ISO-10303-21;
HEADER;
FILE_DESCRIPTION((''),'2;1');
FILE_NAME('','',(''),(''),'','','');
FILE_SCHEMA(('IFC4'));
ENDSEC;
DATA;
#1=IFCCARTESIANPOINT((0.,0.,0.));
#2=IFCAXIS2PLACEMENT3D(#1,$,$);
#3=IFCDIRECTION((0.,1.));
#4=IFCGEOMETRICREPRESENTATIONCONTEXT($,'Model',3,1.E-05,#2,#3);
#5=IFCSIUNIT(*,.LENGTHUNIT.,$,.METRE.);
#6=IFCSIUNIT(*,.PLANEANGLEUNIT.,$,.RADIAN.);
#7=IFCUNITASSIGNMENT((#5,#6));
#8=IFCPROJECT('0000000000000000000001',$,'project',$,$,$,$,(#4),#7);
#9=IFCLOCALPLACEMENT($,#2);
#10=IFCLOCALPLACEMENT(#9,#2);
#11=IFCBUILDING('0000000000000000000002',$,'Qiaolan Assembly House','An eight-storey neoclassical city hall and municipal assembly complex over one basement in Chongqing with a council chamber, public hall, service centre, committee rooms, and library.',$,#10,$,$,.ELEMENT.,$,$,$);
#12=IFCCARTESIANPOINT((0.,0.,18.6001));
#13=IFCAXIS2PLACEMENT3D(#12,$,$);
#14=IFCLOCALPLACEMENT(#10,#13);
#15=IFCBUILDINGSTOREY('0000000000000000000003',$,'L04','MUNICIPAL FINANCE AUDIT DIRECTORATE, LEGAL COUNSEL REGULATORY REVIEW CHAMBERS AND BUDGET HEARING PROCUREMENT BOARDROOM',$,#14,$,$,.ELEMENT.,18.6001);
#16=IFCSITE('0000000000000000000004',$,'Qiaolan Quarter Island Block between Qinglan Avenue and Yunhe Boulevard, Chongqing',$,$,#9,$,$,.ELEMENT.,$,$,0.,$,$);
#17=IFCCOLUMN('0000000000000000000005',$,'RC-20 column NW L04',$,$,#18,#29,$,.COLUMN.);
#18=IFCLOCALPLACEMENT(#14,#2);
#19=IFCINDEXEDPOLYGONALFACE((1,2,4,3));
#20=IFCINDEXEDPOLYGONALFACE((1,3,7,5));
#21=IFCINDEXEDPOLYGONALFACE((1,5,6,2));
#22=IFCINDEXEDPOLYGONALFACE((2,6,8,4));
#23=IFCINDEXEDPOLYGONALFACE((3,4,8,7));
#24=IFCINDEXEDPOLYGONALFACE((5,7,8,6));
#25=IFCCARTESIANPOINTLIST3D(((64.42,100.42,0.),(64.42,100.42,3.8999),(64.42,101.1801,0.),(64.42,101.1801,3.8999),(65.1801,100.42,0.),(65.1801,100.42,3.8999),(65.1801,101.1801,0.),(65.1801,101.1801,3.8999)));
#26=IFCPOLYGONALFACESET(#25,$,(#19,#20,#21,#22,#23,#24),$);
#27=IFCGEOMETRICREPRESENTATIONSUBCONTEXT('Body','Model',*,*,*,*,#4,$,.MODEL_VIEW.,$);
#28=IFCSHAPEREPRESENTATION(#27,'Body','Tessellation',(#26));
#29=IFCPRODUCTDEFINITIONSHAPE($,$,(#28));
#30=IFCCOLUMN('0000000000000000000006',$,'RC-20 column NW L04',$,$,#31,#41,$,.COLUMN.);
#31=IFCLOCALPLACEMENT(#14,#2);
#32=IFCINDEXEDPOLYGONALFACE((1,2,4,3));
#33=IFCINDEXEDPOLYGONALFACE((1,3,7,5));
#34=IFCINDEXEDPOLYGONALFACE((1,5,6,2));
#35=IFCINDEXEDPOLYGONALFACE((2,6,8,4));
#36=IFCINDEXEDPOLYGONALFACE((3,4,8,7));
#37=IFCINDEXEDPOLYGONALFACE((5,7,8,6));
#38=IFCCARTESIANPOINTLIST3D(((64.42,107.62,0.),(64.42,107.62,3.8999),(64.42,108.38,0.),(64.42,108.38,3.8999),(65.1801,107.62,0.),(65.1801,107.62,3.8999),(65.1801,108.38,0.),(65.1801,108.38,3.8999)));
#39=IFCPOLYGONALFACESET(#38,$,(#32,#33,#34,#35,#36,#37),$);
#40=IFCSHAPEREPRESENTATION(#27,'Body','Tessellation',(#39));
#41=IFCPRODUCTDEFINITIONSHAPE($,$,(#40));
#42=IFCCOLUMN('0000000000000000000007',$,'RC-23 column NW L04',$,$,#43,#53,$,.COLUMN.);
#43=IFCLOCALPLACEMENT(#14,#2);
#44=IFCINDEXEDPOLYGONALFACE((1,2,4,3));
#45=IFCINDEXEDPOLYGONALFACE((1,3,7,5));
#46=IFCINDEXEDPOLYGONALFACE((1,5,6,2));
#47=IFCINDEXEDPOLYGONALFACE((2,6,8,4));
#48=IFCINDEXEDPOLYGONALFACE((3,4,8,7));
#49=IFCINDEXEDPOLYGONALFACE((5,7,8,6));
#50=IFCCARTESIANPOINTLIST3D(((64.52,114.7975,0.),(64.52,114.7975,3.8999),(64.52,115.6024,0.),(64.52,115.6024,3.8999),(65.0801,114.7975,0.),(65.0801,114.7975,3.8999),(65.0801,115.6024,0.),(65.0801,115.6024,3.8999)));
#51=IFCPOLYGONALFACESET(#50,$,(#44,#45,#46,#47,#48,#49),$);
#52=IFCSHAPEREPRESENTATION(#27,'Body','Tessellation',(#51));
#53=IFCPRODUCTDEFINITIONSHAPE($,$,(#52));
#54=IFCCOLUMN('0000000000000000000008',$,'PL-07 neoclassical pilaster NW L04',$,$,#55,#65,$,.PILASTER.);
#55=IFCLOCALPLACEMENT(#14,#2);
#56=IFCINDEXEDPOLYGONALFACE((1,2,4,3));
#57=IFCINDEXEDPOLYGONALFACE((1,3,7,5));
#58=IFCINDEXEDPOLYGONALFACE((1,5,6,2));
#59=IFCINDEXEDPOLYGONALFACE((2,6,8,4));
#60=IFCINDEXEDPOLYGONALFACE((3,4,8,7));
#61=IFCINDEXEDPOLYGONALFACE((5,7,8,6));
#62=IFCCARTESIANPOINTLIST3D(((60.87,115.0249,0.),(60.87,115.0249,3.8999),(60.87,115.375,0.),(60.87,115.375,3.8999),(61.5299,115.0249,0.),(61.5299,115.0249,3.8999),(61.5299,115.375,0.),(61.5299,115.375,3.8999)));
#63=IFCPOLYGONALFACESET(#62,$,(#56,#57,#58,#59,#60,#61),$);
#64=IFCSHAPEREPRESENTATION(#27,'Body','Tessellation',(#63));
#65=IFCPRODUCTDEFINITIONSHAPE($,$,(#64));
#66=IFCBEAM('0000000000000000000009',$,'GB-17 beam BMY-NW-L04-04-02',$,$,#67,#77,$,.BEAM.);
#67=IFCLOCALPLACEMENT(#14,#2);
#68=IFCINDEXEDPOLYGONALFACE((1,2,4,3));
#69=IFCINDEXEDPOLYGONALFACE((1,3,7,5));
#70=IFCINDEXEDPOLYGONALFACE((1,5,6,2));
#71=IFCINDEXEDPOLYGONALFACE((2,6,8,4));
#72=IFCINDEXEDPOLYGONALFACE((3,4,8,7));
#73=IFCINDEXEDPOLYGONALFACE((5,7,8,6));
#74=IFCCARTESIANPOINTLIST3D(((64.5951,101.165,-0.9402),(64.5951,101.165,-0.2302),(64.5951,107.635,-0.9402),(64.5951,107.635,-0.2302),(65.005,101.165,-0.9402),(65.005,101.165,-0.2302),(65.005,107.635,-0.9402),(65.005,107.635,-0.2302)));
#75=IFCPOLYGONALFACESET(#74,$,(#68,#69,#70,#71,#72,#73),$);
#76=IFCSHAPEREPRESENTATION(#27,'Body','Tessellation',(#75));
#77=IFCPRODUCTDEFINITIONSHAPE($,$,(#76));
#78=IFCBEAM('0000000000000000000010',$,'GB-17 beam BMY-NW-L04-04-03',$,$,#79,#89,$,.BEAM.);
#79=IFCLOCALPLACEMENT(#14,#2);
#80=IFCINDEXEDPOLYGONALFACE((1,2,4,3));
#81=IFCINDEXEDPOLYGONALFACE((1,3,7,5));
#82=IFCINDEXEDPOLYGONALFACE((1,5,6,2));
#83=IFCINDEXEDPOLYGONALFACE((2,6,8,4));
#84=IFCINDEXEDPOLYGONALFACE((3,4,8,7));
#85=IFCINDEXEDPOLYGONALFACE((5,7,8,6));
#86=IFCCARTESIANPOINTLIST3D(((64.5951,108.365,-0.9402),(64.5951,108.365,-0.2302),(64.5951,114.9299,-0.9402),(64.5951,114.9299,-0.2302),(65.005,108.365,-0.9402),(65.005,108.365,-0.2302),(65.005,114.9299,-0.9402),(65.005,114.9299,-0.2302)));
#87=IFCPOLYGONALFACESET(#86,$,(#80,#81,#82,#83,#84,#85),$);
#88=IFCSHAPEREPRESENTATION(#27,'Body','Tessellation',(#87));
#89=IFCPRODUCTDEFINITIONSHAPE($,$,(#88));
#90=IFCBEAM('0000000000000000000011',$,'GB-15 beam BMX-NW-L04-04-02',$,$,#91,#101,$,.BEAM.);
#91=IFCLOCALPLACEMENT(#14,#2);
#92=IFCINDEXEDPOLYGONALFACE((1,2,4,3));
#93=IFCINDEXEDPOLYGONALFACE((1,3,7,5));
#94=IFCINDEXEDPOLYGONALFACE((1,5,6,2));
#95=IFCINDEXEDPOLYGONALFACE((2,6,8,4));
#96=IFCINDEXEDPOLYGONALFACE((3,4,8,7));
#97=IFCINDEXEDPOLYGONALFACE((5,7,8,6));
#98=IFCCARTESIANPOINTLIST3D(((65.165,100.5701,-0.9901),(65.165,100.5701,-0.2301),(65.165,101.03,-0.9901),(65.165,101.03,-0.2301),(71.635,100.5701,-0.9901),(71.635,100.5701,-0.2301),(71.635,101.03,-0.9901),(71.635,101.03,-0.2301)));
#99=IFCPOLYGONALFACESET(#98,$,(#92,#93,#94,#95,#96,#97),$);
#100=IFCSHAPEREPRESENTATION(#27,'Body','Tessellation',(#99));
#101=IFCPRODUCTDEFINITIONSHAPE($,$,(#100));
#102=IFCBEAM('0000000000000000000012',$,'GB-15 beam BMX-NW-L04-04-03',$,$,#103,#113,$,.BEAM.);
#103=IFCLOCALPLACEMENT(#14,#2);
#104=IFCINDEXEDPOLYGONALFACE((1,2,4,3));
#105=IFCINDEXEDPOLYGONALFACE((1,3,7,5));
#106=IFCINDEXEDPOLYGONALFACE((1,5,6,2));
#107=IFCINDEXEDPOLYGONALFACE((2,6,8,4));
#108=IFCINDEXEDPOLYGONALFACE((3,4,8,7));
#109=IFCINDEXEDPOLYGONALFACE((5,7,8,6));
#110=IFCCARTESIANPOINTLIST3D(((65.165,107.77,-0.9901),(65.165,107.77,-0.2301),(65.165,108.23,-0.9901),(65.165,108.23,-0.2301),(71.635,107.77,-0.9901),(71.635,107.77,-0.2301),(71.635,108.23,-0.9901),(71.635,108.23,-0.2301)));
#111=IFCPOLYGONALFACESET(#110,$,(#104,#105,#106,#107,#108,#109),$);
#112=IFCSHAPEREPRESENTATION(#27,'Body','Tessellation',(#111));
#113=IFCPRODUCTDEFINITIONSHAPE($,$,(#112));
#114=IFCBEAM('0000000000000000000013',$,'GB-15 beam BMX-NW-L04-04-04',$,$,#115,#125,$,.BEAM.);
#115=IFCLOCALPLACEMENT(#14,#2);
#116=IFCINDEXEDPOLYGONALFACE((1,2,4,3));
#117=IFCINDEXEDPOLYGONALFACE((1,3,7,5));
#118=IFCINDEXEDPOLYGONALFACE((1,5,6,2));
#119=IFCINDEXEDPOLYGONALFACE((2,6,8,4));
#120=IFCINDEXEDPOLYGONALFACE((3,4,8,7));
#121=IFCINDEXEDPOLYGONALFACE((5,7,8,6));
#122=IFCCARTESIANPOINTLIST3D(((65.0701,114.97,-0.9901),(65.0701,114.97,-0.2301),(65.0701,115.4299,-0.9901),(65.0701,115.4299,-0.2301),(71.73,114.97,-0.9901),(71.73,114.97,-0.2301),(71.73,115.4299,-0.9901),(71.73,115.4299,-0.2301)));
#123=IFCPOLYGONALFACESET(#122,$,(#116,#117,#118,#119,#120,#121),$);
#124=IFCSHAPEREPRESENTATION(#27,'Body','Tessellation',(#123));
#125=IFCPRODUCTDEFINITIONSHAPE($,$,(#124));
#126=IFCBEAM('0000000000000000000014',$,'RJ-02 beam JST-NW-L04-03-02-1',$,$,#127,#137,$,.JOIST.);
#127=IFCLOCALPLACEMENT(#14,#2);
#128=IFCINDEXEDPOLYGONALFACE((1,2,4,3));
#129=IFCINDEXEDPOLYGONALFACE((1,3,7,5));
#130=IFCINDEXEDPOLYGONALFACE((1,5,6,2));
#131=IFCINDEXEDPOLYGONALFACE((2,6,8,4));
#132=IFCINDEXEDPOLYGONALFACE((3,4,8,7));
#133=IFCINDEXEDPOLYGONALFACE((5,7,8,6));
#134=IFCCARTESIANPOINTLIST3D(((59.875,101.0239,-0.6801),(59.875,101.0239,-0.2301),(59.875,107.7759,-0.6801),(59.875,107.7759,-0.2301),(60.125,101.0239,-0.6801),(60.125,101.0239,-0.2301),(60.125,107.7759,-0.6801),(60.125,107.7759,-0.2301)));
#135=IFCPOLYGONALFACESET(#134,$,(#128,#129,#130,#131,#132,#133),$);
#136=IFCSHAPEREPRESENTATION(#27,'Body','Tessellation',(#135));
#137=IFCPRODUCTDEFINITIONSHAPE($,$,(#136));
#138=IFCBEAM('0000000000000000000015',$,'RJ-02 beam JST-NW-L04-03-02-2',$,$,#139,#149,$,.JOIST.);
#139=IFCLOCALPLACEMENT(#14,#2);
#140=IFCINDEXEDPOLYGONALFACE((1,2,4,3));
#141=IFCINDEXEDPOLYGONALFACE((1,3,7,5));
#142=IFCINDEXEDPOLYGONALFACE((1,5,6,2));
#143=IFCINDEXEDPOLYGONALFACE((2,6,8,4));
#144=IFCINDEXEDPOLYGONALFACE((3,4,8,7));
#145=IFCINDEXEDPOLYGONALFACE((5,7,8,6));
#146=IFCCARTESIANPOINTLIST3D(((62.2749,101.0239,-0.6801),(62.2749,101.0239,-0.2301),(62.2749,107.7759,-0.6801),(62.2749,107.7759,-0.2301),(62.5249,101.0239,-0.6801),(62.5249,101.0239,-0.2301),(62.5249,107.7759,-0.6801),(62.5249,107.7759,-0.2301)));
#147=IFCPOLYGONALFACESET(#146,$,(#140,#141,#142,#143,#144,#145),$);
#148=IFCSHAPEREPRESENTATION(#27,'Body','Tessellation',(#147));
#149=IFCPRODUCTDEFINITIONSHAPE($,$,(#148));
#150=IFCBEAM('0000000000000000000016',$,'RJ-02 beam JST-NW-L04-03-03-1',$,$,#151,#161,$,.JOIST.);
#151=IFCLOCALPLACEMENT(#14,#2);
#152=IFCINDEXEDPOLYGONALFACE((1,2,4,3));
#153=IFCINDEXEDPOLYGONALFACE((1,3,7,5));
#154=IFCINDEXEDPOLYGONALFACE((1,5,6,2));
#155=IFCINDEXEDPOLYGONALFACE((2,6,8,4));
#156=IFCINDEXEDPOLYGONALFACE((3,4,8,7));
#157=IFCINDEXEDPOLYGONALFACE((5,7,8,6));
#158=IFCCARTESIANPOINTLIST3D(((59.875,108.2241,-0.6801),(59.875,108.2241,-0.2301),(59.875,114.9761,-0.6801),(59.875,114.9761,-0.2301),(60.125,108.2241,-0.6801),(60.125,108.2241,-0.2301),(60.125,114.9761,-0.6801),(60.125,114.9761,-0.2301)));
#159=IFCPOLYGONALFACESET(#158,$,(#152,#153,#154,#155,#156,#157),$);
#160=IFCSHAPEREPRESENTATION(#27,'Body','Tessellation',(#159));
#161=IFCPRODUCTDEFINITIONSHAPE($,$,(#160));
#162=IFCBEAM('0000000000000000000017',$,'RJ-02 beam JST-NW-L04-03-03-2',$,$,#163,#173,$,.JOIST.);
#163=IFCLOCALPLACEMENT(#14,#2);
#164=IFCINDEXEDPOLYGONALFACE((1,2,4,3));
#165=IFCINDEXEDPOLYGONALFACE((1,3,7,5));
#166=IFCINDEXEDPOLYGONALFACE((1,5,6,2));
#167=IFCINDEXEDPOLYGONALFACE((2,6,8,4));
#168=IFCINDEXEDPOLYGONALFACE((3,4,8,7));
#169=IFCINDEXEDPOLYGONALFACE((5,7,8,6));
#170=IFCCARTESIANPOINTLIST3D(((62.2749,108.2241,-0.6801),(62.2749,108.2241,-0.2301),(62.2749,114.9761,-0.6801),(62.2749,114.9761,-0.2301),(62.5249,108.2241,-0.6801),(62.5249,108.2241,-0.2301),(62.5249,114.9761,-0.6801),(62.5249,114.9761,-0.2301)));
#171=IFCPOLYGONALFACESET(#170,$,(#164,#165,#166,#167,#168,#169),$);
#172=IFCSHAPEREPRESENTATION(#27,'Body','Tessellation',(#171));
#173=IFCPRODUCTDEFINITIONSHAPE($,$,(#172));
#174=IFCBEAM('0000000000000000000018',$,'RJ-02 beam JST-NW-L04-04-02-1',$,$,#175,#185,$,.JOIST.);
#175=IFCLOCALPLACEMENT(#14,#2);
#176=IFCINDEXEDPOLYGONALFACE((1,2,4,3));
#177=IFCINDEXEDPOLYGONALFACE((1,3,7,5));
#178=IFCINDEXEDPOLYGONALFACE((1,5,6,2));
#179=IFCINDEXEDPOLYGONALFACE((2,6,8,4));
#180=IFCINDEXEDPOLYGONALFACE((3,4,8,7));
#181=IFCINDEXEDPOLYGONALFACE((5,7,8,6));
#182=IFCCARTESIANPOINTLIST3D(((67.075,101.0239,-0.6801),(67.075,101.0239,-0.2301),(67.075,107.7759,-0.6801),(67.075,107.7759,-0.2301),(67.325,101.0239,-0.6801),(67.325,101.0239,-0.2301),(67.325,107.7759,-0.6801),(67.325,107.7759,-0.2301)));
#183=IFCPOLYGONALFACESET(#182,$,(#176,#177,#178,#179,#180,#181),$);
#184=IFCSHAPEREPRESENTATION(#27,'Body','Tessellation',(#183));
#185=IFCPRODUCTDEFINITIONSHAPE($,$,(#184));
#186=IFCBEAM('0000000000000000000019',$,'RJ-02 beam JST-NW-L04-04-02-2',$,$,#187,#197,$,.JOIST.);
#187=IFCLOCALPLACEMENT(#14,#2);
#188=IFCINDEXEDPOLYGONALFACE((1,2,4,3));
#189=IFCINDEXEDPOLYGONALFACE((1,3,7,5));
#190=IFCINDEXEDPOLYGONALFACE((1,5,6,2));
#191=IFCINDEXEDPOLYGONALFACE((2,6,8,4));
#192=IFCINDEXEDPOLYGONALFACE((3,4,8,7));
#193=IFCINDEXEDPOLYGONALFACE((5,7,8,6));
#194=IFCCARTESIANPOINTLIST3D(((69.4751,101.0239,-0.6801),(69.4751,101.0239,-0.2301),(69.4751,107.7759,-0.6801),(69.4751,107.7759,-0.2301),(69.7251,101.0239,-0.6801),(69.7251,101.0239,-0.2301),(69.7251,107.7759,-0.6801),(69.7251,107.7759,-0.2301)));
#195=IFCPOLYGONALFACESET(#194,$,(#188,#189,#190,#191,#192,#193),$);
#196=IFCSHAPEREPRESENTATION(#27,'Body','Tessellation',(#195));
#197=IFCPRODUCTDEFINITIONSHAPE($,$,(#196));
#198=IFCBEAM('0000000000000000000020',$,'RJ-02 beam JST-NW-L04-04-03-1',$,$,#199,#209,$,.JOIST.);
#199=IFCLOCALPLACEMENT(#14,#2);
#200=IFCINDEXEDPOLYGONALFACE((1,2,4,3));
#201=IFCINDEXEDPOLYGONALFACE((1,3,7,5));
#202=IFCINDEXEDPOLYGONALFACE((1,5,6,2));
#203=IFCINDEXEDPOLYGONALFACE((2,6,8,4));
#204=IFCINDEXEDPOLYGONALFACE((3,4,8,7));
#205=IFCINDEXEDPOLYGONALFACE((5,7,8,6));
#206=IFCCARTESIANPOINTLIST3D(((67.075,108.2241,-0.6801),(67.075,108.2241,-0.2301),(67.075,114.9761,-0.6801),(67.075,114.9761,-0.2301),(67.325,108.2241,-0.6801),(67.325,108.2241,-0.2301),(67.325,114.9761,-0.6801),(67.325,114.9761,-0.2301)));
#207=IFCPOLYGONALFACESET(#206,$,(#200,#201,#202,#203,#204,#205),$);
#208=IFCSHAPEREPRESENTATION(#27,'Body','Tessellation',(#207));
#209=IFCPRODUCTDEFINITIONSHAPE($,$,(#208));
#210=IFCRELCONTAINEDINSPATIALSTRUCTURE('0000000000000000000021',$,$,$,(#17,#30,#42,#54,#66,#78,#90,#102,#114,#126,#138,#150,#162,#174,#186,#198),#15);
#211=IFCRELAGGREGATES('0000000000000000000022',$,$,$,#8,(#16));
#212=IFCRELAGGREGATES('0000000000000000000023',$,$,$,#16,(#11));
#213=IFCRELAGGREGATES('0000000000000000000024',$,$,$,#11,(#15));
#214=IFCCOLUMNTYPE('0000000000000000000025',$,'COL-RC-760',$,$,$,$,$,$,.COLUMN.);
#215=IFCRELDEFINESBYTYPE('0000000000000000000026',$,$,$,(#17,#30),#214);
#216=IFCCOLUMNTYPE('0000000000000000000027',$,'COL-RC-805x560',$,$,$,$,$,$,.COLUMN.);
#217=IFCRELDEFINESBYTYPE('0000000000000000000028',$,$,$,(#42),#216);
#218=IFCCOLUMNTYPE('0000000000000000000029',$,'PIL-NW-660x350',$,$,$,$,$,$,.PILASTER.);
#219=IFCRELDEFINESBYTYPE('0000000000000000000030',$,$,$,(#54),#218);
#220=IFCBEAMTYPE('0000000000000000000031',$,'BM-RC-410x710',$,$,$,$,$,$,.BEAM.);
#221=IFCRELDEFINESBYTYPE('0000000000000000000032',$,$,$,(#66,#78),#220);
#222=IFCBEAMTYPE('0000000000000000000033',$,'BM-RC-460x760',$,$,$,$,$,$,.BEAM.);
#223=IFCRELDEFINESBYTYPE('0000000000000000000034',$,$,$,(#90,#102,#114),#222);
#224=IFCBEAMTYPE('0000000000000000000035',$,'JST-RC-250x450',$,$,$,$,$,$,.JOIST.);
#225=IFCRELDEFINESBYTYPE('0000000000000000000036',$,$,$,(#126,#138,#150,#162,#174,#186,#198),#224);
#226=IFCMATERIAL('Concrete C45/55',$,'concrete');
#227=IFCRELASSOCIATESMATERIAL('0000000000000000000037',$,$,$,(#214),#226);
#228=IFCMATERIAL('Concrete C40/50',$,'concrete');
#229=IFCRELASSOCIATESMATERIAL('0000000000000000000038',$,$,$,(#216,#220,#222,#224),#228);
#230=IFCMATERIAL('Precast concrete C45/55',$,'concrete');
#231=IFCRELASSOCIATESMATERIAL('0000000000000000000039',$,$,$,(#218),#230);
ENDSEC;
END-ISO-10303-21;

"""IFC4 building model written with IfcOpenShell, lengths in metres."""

from ifc_helpers import new_model, si_unit, direction, frame, origin, origin_2d, place, context, subcontext, project, spatial, rectangle, extrude, material, material_profile, profile_set, type_object, element, save


model = new_model("IFC4")

# Units and contexts
model_context = context("Model", 3, precision=1e-05, world=origin(), true_north=direction((0.0, 1.0)))
body_context = subcontext(model_context, "Body", "Model", "MODEL_VIEW")
ifc_project = project(units=[si_unit("LENGTHUNIT", "METRE"), si_unit("PLANEANGLEUNIT", "RADIAN")], contexts=[model_context])

# Site, building, storey
site_placement = place(None, origin())
site = spatial("IfcSite", under=ifc_project, at=site_placement, Name="Qiaolan Quarter Island Block between Qinglan Avenue and Yunhe Boulevard, Chongqing", CompositionType="ELEMENT", RefElevation=0.0)
building_placement = place(site_placement, origin())
building = spatial("IfcBuilding", under=site, at=building_placement, Name="Qiaolan Assembly House", Description="An eight-storey neoclassical city hall and municipal assembly complex over one basement in Chongqing with a council chamber, public hall, service centre, committee rooms, and library.", CompositionType="ELEMENT")
storey_placement = place(building_placement, frame((0.0, 0.0, 18.6001)))
storey = spatial("IfcBuildingStorey", under=building, at=storey_placement, Name="L04", Description="MUNICIPAL FINANCE AUDIT DIRECTORATE, LEGAL COUNSEL REGULATORY REVIEW CHAMBERS AND BUDGET HEARING PROCUREMENT BOARDROOM", CompositionType="ELEMENT", Elevation=18.6001)

# Columns
ifc_material_1 = material(Name="Concrete C45/55", Category="concrete")
ifc_material_profile_1 = material_profile(ifc_material_1, rectangle(XDim=0.76, YDim=0.76, at=origin_2d()), Name="RC 760x760")
ifc_profile_set_1 = profile_set([ifc_material_profile_1], Name="Concrete C45/55")
column_type_1 = type_object("IfcColumnType", Name="COL-RC-760", PredefinedType="COLUMN", material=ifc_profile_set_1)
for number, where, z_axis, x_axis, name in (
    (1, (64.8, 100.8, 0.0), (0.0, 0.0, 1.0), (1.0, 0.0, 0.0), "RC-20 column NW L04"),
    (2, (64.8, 108.0, 0.0), (0.0, 0.0, 1.0), (1.0, 0.0, 0.0), "RC-20 column NW L04"),
):
    element("IfcColumn", number, at=place(storey_placement, frame(where, z_axis=z_axis, x_axis=x_axis)), inside=storey, type_object=column_type_1, Name=name, PredefinedType="COLUMN", context=body_context, shape_type="SweptSolid", body=[
        extrude(rectangle(XDim=0.76, YDim=0.76, at=origin_2d()), origin(), (0.0, 0.0, 1.0), 3.8999),
    ])
ifc_material_2 = material(Name="Concrete C40/50", Category="concrete")
ifc_material_profile_2 = material_profile(ifc_material_2, rectangle(XDim=0.5601, YDim=0.8049, at=origin_2d()), Name="RC 805x560")
ifc_profile_set_2 = profile_set([ifc_material_profile_2], Name="Concrete C40/50")
column_type_2 = type_object("IfcColumnType", Name="COL-RC-805x560", PredefinedType="COLUMN", material=ifc_profile_set_2)
column_1_placement = place(storey_placement, frame((64.8, 115.2, 0.0), z_axis=(0.0, 0.0, 1.0), x_axis=(1.0, 0.0, 0.0)))
element("IfcColumn", 3, at=column_1_placement, inside=storey, type_object=column_type_2, Name="RC-23 column NW L04", PredefinedType="COLUMN", context=body_context, shape_type="SweptSolid", body=[
    extrude(rectangle(XDim=0.5601, YDim=0.8049, at=origin_2d()), origin(), (0.0, 0.0, 1.0), 3.8999),
])
ifc_material_3 = material(Name="Precast concrete C45/55", Category="concrete")
ifc_material_profile_3 = material_profile(ifc_material_3, rectangle(XDim=0.6599, YDim=0.3501, at=origin_2d()), Name="PIL 660x350")
ifc_profile_set_3 = profile_set([ifc_material_profile_3], Name="Precast concrete C45/55")
column_type_3 = type_object("IfcColumnType", Name="PIL-NW-660x350", PredefinedType="PILASTER", material=ifc_profile_set_3)
column_2_placement = place(storey_placement, frame((61.2, 115.2, 0.0), z_axis=(0.0, 0.0, 1.0), x_axis=(1.0, 0.0, 0.0)))
element("IfcColumn", 4, at=column_2_placement, inside=storey, type_object=column_type_3, Name="PL-07 neoclassical pilaster NW L04", PredefinedType="PILASTER", context=body_context, shape_type="SweptSolid", body=[
    extrude(rectangle(XDim=0.6599, YDim=0.3501, at=origin_2d()), origin(), (0.0, 0.0, 1.0), 3.8999),
])

# Beams
ifc_material_profile_4 = material_profile(ifc_material_2, rectangle(XDim=0.4099, YDim=0.71, at=origin_2d()), Name="RCB 410x710")
ifc_profile_set_4 = profile_set([ifc_material_profile_4], Name="Concrete C40/50")
beam_type_1 = type_object("IfcBeamType", Name="BM-RC-410x710", PredefinedType="BEAM", material=ifc_profile_set_4)
beam_1_placement = place(storey_placement, frame((64.8, 101.165, -0.5852), z_axis=(0.0, 1.0, 0.0), x_axis=(-1.0, 0.0, 0.0)))
element("IfcBeam", 5, at=beam_1_placement, inside=storey, type_object=beam_type_1, Name="GB-17 beam BMY-NW-L04-04-02", PredefinedType="BEAM", context=body_context, shape_type="SweptSolid", body=[
    extrude(rectangle(XDim=0.4099, YDim=0.71, at=origin_2d()), origin(), (0.0, 0.0, 1.0), 6.47),
])
beam_2_placement = place(storey_placement, frame((64.8, 108.365, -0.5852), z_axis=(0.0, 1.0, 0.0), x_axis=(-1.0, 0.0, 0.0)))
element("IfcBeam", 6, at=beam_2_placement, inside=storey, type_object=beam_type_1, Name="GB-17 beam BMY-NW-L04-04-03", PredefinedType="BEAM", context=body_context, shape_type="SweptSolid", body=[
    extrude(rectangle(XDim=0.4099, YDim=0.71, at=origin_2d()), origin(), (0.0, 0.0, 1.0), 6.5649),
])
ifc_material_profile_5 = material_profile(ifc_material_2, rectangle(XDim=0.46, YDim=0.76, at=origin_2d()), Name="RCB 460x760")
ifc_profile_set_5 = profile_set([ifc_material_profile_5], Name="Concrete C40/50")
beam_type_2 = type_object("IfcBeamType", Name="BM-RC-460x760", PredefinedType="BEAM", material=ifc_profile_set_5)
for number, where, z_axis, x_axis, name in (
    (7, (65.165, 100.8, -0.6101), (1.0, 0.0, 0.0), (0.0, 1.0, 0.0), "GB-15 beam BMX-NW-L04-04-02"),
    (8, (65.165, 108.0, -0.6101), (1.0, 0.0, 0.0), (0.0, 1.0, 0.0), "GB-15 beam BMX-NW-L04-04-03"),
):
    element("IfcBeam", number, at=place(storey_placement, frame(where, z_axis=z_axis, x_axis=x_axis)), inside=storey, type_object=beam_type_2, Name=name, PredefinedType="BEAM", context=body_context, shape_type="SweptSolid", body=[
        extrude(rectangle(XDim=0.46, YDim=0.76, at=origin_2d()), origin(), (0.0, 0.0, 1.0), 6.47),
    ])
beam_3_placement = place(storey_placement, frame((65.0701, 115.2, -0.6101), z_axis=(1.0, 0.0, 0.0), x_axis=(0.0, 1.0, 0.0)))
element("IfcBeam", 9, at=beam_3_placement, inside=storey, type_object=beam_type_2, Name="GB-15 beam BMX-NW-L04-04-04", PredefinedType="BEAM", context=body_context, shape_type="SweptSolid", body=[
    extrude(rectangle(XDim=0.46, YDim=0.76, at=origin_2d()), origin(), (0.0, 0.0, 1.0), 6.6599),
])
ifc_material_profile_6 = material_profile(ifc_material_2, rectangle(XDim=0.25, YDim=0.45, at=origin_2d()), Name="RCB 250x450")
ifc_profile_set_6 = profile_set([ifc_material_profile_6], Name="Concrete C40/50")
beam_type_3 = type_object("IfcBeamType", Name="JST-RC-250x450", PredefinedType="JOIST", material=ifc_profile_set_6)
for number, where, z_axis, x_axis, name in (
    (10, (60.0, 101.0239, -0.4551), (0.0, 1.0, 0.0), (-1.0, 0.0, 0.0), "RJ-02 beam JST-NW-L04-03-02-1"),
    (11, (62.3999, 101.0239, -0.4551), (0.0, 1.0, 0.0), (-1.0, 0.0, 0.0), "RJ-02 beam JST-NW-L04-03-02-2"),
    (12, (60.0, 108.2241, -0.4551), (0.0, 1.0, 0.0), (-1.0, 0.0, 0.0), "RJ-02 beam JST-NW-L04-03-03-1"),
    (13, (62.3999, 108.2241, -0.4551), (0.0, 1.0, 0.0), (-1.0, 0.0, 0.0), "RJ-02 beam JST-NW-L04-03-03-2"),
    (14, (67.2, 101.0239, -0.4551), (0.0, 1.0, 0.0), (-1.0, 0.0, 0.0), "RJ-02 beam JST-NW-L04-04-02-1"),
    (15, (69.6001, 101.0239, -0.4551), (0.0, 1.0, 0.0), (-1.0, 0.0, 0.0), "RJ-02 beam JST-NW-L04-04-02-2"),
    (16, (67.2, 108.2241, -0.4551), (0.0, 1.0, 0.0), (-1.0, 0.0, 0.0), "RJ-02 beam JST-NW-L04-04-03-1"),
):
    element("IfcBeam", number, at=place(storey_placement, frame(where, z_axis=z_axis, x_axis=x_axis)), inside=storey, type_object=beam_type_3, Name=name, PredefinedType="JOIST", context=body_context, shape_type="SweptSolid", body=[
        extrude(rectangle(XDim=0.25, YDim=0.45, at=origin_2d()), origin(), (0.0, 0.0, 1.0), 6.752),
    ])

save(model, "model.ifc")
